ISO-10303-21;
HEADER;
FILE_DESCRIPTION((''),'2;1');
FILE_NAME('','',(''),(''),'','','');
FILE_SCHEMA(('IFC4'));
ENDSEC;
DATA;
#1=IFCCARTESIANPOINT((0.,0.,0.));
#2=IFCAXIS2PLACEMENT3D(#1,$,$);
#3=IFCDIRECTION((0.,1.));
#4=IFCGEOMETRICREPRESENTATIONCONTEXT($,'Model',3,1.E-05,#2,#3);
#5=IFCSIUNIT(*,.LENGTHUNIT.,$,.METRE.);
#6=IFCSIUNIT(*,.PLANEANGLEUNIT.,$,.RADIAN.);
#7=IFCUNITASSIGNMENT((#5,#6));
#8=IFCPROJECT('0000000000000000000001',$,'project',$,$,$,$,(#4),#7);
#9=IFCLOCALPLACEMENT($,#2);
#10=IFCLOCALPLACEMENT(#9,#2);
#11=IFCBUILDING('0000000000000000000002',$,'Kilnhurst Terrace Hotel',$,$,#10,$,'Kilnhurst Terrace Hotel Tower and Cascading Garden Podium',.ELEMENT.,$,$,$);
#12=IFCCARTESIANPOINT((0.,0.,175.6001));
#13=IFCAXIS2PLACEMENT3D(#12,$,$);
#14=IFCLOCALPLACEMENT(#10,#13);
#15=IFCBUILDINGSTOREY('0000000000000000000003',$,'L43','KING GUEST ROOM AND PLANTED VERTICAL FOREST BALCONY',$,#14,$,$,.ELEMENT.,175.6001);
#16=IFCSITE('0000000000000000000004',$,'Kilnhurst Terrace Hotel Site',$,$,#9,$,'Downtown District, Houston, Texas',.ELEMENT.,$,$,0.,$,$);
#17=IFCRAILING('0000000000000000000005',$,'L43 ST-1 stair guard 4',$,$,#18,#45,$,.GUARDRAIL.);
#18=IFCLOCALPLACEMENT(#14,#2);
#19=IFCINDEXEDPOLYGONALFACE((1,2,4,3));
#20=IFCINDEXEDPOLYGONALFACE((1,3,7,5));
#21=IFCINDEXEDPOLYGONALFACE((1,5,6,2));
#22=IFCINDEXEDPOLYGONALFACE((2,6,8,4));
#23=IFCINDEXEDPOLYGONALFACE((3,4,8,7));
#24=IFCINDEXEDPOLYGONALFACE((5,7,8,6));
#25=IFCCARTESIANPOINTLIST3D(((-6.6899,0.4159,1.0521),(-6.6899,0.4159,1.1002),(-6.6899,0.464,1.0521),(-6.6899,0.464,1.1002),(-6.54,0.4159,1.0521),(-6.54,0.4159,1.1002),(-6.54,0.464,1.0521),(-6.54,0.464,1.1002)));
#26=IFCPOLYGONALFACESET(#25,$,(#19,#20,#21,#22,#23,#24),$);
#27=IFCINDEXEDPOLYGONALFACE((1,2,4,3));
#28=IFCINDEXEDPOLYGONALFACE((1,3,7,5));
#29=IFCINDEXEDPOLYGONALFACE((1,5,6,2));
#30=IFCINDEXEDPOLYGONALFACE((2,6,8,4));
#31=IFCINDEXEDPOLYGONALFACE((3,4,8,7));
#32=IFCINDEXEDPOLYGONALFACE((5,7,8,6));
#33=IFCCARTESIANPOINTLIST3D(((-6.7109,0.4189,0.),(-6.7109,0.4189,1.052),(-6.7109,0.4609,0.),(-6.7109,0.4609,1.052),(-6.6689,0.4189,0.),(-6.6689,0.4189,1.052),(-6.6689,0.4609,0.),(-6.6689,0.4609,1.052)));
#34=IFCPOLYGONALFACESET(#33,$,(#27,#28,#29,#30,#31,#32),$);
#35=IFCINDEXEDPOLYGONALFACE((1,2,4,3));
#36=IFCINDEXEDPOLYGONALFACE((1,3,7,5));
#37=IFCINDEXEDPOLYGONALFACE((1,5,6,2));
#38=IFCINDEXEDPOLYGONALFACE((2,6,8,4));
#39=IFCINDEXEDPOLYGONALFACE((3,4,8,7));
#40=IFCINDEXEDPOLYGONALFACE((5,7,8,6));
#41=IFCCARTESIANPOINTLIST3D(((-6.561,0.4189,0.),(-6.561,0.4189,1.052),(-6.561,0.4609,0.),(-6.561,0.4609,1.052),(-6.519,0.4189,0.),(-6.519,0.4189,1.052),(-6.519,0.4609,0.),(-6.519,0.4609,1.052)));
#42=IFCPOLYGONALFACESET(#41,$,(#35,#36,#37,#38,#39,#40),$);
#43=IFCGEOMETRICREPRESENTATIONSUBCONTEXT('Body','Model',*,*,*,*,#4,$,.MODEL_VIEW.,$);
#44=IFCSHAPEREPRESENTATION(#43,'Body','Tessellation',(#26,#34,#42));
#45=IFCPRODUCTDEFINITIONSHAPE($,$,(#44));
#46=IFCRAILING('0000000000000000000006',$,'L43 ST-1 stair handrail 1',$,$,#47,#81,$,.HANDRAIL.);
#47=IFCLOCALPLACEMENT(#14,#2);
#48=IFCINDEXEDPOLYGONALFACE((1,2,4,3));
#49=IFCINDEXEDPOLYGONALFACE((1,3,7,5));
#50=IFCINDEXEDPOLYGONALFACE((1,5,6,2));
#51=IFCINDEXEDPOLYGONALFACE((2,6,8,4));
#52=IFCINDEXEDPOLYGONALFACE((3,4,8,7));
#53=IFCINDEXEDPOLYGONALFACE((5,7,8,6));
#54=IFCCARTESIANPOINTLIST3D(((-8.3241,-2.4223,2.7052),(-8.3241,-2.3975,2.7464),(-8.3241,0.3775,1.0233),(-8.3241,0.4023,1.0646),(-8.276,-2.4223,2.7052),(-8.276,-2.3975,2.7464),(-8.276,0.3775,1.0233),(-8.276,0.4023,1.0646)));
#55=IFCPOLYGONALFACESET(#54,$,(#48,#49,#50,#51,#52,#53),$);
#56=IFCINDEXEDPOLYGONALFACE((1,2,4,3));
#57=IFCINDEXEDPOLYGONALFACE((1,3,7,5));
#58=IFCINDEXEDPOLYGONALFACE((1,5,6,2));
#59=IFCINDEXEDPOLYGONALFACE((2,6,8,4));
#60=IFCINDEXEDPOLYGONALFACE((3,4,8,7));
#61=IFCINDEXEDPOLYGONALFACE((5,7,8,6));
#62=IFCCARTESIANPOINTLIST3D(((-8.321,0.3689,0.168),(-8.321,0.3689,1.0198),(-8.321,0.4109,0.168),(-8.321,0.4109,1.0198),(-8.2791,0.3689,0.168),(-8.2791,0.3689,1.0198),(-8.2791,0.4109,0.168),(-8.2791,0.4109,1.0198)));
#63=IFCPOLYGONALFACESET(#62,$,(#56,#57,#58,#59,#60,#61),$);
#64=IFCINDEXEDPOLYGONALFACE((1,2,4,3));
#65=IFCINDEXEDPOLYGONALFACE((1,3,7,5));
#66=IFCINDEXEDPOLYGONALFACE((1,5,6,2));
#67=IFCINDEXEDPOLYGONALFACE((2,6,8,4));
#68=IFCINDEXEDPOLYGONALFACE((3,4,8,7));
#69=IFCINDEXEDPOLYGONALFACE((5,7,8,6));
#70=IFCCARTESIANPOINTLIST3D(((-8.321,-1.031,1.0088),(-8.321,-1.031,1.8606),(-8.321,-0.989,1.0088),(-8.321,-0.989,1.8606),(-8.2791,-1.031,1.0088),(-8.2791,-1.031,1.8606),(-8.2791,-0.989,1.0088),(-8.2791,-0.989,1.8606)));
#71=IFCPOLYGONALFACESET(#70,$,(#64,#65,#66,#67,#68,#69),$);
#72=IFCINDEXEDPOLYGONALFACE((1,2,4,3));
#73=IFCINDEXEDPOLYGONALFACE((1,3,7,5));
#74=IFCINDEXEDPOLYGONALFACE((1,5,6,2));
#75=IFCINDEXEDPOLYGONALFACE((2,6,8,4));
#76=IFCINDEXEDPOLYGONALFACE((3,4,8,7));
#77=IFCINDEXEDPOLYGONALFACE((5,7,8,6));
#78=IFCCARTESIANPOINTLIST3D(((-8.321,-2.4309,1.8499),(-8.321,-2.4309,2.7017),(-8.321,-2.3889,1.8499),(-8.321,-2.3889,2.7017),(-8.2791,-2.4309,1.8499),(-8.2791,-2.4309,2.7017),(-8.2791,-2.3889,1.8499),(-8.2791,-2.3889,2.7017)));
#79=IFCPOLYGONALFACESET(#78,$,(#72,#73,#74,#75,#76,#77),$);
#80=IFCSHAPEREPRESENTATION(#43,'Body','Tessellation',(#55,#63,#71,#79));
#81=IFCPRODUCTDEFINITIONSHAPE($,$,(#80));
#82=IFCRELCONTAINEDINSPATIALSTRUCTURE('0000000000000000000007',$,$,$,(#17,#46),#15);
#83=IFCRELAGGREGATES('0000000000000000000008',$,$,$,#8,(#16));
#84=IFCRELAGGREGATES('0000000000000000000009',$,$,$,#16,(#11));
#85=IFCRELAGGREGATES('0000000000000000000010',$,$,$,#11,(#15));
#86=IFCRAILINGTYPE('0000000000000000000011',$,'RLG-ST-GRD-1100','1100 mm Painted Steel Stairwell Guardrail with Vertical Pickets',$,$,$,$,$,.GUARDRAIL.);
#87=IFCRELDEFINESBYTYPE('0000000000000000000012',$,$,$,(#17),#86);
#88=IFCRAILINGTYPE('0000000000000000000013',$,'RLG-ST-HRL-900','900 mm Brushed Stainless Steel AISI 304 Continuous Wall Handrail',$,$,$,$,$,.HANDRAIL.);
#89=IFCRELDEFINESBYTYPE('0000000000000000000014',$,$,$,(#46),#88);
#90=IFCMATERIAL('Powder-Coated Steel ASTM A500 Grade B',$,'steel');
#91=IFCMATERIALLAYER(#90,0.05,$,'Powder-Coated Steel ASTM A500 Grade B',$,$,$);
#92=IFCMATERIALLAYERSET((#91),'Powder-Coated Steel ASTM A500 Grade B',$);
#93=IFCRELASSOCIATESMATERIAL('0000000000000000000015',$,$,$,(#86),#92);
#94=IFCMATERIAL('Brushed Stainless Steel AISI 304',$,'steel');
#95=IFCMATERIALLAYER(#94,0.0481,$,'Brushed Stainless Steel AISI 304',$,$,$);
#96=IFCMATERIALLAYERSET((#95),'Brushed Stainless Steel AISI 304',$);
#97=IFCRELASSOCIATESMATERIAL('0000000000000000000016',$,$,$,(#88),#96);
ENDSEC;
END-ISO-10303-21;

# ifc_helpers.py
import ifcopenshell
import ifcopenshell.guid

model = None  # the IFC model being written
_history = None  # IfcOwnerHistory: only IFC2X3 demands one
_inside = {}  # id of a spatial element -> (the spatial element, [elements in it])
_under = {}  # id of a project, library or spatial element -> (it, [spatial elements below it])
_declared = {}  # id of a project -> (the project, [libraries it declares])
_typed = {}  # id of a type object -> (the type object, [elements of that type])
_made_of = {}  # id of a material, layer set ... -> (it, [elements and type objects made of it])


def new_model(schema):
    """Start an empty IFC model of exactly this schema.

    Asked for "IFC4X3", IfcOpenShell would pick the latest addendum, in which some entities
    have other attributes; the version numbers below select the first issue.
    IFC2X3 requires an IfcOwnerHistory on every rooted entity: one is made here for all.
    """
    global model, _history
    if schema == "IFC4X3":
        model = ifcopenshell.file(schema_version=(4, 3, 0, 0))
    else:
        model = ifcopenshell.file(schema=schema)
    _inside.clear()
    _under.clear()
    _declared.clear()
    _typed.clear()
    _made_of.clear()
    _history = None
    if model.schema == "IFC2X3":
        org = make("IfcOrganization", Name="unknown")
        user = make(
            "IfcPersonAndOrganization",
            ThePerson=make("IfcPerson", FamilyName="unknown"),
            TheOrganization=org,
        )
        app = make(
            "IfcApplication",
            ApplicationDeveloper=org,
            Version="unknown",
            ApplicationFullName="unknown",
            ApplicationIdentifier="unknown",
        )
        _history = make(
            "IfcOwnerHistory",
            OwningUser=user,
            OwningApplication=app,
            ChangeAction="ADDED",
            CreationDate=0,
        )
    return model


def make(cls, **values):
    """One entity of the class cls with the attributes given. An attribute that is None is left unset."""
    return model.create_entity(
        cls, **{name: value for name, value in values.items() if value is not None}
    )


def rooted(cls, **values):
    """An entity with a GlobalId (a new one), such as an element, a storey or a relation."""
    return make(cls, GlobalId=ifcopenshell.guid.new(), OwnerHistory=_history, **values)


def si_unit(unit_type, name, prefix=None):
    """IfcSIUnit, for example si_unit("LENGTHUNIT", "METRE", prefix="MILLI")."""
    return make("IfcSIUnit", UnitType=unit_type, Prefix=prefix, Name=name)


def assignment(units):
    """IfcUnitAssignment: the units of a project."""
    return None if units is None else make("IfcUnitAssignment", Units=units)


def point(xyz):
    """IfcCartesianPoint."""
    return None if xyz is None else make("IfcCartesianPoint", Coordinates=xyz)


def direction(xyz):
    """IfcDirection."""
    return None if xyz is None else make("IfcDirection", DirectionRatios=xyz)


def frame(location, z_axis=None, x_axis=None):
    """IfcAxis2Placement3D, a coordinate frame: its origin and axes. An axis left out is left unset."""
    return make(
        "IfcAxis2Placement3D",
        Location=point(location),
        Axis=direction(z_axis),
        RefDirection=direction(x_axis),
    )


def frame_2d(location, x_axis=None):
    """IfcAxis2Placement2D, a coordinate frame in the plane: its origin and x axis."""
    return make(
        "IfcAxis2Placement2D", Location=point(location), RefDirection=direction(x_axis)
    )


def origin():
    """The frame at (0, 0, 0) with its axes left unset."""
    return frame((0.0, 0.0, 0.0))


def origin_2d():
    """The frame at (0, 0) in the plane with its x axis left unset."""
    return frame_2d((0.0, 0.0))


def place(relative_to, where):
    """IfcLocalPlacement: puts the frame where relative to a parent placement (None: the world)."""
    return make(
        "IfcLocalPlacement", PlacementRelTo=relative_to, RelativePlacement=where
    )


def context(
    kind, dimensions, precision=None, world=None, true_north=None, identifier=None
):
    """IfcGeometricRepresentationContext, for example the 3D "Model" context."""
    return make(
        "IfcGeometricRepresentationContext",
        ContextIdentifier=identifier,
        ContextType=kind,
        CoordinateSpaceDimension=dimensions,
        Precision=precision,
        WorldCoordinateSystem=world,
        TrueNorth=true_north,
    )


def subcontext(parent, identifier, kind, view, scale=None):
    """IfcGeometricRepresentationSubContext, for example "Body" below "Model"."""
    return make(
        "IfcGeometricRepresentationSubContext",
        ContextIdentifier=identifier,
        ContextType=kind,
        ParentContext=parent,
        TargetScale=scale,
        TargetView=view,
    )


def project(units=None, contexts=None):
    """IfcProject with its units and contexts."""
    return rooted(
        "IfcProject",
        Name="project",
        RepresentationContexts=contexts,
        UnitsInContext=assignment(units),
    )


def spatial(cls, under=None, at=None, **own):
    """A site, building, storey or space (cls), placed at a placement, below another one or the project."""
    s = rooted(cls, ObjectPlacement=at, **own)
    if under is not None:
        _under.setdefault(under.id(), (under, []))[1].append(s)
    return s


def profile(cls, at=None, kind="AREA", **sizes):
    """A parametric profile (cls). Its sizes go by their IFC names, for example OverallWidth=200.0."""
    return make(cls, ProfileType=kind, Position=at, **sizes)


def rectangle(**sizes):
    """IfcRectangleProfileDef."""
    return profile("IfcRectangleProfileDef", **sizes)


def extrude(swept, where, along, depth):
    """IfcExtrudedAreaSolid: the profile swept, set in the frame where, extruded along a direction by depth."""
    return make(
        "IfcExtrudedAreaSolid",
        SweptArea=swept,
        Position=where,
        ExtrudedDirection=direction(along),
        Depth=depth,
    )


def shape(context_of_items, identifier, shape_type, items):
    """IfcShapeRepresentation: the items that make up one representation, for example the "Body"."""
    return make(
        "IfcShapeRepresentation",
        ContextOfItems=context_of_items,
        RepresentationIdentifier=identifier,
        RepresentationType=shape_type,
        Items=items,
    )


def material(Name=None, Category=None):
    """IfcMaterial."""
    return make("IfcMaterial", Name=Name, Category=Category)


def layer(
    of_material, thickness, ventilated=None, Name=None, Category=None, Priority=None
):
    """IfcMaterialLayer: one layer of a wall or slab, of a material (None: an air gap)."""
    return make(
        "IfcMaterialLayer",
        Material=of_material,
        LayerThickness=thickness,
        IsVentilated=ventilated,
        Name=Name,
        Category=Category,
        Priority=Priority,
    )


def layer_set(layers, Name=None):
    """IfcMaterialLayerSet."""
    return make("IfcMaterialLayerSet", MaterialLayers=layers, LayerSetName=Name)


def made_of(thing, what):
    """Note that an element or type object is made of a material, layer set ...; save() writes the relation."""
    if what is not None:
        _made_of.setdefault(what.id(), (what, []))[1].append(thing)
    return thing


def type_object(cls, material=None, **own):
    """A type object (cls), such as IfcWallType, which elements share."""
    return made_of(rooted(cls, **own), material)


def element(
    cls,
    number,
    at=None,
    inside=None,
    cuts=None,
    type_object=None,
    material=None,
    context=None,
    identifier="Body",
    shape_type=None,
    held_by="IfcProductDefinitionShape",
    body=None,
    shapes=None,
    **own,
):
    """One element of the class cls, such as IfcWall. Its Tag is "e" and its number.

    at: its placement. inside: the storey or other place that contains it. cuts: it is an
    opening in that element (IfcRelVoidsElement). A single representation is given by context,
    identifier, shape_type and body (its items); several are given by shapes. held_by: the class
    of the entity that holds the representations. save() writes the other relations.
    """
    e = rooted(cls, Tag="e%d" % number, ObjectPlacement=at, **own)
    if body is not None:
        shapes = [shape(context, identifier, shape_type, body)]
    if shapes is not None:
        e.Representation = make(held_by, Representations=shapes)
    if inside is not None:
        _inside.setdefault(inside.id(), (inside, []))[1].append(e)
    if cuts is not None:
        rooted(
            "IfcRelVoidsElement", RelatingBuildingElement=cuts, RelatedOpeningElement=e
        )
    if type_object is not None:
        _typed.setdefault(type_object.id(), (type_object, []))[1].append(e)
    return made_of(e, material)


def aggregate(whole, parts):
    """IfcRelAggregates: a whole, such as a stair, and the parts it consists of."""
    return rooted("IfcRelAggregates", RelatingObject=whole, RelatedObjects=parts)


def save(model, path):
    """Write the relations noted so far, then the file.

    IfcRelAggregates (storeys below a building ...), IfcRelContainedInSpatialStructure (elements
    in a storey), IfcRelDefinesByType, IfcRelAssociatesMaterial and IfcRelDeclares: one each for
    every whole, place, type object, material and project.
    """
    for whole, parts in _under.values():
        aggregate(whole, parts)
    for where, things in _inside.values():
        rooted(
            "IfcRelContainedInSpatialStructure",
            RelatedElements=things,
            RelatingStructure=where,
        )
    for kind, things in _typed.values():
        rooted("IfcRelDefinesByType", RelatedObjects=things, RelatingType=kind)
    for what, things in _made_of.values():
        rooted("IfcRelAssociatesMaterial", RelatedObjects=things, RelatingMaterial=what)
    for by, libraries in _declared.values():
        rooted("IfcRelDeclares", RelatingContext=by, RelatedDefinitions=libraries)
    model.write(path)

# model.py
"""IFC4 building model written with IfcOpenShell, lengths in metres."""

from ifc_helpers import new_model, si_unit, direction, frame, origin, origin_2d, place, context, subcontext, project, spatial, rectangle, extrude, material, layer, layer_set, type_object, element, save


model = new_model("IFC4")

# Units and contexts
model_context = context("Model", 3, precision=1e-05, world=origin(), true_north=direction((0.0, 1.0)))
body_context = subcontext(model_context, "Body", "Model", "MODEL_VIEW")
ifc_project = project(units=[si_unit("LENGTHUNIT", "METRE"), si_unit("PLANEANGLEUNIT", "RADIAN")], contexts=[model_context])

# Site, building, storey
site_placement = place(None, origin())
site = spatial("IfcSite", under=ifc_project, at=site_placement, Name="Kilnhurst Terrace Hotel Site", LongName="Downtown District, Houston, Texas", CompositionType="ELEMENT", RefElevation=0.0)
building_placement = place(site_placement, origin())
building = spatial("IfcBuilding", under=site, at=building_placement, Name="Kilnhurst Terrace Hotel", LongName="Kilnhurst Terrace Hotel Tower and Cascading Garden Podium", CompositionType="ELEMENT")
storey_placement = place(building_placement, frame((0.0, 0.0, 175.6001)))
storey = spatial("IfcBuildingStorey", under=building, at=storey_placement, Name="L43", Description="KING GUEST ROOM AND PLANTED VERTICAL FOREST BALCONY", CompositionType="ELEMENT", Elevation=175.6001)

# Railings
ifc_material_1 = material(Name="Powder-Coated Steel ASTM A500 Grade B", Category="steel")
ifc_layer_1 = layer(ifc_material_1, 0.05, Name="Powder-Coated Steel ASTM A500 Grade B")
ifc_layer_set_1 = layer_set([ifc_layer_1], Name="Powder-Coated Steel ASTM A500 Grade B")
railing_type_1 = type_object("IfcRailingType", Name="RLG-ST-GRD-1100", Description="1100 mm Painted Steel Stairwell Guardrail with Vertical Pickets", PredefinedType="GUARDRAIL", material=ifc_layer_set_1)
railing_1_placement = place(storey_placement, frame((-6.6899, 0.4399, 0.0)))
element("IfcRailing", 1, at=railing_1_placement, inside=storey, type_object=railing_type_1, Name="L43 ST-1 stair guard 4", PredefinedType="GUARDRAIL", context=body_context, shape_type="SweptSolid", body=[
    extrude(rectangle(XDim=0.0481, YDim=0.0481, at=origin_2d()), frame((0.0, 0.0, 1.0762), z_axis=(1.0, 0.0, 0.0), x_axis=(0.0, 1.0, 0.0)), (0.0, 0.0, 1.0), 0.1499),
    extrude(rectangle(XDim=0.042, YDim=0.042, at=origin_2d()), origin(), (0.0, 0.0, 1.0), 1.052),
    extrude(rectangle(XDim=0.042, YDim=0.042, at=origin_2d()), frame((0.1499, 0.0, 0.0)), (0.0, 0.0, 1.0), 1.052),
])
ifc_material_2 = material(Name="Brushed Stainless Steel AISI 304", Category="steel")
ifc_layer_2 = layer(ifc_material_2, 0.0481, Name="Brushed Stainless Steel AISI 304")
ifc_layer_set_2 = layer_set([ifc_layer_2], Name="Brushed Stainless Steel AISI 304")
railing_type_2 = type_object("IfcRailingType", Name="RLG-ST-HRL-900", Description="900 mm Brushed Stainless Steel AISI 304 Continuous Wall Handrail", PredefinedType="HANDRAIL", material=ifc_layer_set_2)
railing_2_placement = place(storey_placement, frame((-8.3, 0.3899, 0.168)))
element("IfcRailing", 2, at=railing_2_placement, inside=storey, type_object=railing_type_2, Name="L43 ST-1 stair handrail 1", PredefinedType="HANDRAIL", context=body_context, shape_type="SweptSolid", body=[
    extrude(rectangle(XDim=0.0481, YDim=0.0481, at=origin_2d()), frame((0.0, 0.0, 0.876), z_axis=(0.0, -0.857222, 0.514946), x_axis=(1.0, 0.0, 0.0)), (0.0, 0.0, 1.0), 3.2661),
    extrude(rectangle(XDim=0.042, YDim=0.042, at=origin_2d()), origin(), (0.0, 0.0, 1.0), 0.8518),
    extrude(rectangle(XDim=0.042, YDim=0.042, at=origin_2d()), frame((0.0, -1.3999, 0.8408)), (0.0, 0.0, 1.0), 0.8518),
    extrude(rectangle(XDim=0.042, YDim=0.042, at=origin_2d()), frame((0.0, -2.7998, 1.6819)), (0.0, 0.0, 1.0), 0.8518),
])

save(model, "model.ifc")
